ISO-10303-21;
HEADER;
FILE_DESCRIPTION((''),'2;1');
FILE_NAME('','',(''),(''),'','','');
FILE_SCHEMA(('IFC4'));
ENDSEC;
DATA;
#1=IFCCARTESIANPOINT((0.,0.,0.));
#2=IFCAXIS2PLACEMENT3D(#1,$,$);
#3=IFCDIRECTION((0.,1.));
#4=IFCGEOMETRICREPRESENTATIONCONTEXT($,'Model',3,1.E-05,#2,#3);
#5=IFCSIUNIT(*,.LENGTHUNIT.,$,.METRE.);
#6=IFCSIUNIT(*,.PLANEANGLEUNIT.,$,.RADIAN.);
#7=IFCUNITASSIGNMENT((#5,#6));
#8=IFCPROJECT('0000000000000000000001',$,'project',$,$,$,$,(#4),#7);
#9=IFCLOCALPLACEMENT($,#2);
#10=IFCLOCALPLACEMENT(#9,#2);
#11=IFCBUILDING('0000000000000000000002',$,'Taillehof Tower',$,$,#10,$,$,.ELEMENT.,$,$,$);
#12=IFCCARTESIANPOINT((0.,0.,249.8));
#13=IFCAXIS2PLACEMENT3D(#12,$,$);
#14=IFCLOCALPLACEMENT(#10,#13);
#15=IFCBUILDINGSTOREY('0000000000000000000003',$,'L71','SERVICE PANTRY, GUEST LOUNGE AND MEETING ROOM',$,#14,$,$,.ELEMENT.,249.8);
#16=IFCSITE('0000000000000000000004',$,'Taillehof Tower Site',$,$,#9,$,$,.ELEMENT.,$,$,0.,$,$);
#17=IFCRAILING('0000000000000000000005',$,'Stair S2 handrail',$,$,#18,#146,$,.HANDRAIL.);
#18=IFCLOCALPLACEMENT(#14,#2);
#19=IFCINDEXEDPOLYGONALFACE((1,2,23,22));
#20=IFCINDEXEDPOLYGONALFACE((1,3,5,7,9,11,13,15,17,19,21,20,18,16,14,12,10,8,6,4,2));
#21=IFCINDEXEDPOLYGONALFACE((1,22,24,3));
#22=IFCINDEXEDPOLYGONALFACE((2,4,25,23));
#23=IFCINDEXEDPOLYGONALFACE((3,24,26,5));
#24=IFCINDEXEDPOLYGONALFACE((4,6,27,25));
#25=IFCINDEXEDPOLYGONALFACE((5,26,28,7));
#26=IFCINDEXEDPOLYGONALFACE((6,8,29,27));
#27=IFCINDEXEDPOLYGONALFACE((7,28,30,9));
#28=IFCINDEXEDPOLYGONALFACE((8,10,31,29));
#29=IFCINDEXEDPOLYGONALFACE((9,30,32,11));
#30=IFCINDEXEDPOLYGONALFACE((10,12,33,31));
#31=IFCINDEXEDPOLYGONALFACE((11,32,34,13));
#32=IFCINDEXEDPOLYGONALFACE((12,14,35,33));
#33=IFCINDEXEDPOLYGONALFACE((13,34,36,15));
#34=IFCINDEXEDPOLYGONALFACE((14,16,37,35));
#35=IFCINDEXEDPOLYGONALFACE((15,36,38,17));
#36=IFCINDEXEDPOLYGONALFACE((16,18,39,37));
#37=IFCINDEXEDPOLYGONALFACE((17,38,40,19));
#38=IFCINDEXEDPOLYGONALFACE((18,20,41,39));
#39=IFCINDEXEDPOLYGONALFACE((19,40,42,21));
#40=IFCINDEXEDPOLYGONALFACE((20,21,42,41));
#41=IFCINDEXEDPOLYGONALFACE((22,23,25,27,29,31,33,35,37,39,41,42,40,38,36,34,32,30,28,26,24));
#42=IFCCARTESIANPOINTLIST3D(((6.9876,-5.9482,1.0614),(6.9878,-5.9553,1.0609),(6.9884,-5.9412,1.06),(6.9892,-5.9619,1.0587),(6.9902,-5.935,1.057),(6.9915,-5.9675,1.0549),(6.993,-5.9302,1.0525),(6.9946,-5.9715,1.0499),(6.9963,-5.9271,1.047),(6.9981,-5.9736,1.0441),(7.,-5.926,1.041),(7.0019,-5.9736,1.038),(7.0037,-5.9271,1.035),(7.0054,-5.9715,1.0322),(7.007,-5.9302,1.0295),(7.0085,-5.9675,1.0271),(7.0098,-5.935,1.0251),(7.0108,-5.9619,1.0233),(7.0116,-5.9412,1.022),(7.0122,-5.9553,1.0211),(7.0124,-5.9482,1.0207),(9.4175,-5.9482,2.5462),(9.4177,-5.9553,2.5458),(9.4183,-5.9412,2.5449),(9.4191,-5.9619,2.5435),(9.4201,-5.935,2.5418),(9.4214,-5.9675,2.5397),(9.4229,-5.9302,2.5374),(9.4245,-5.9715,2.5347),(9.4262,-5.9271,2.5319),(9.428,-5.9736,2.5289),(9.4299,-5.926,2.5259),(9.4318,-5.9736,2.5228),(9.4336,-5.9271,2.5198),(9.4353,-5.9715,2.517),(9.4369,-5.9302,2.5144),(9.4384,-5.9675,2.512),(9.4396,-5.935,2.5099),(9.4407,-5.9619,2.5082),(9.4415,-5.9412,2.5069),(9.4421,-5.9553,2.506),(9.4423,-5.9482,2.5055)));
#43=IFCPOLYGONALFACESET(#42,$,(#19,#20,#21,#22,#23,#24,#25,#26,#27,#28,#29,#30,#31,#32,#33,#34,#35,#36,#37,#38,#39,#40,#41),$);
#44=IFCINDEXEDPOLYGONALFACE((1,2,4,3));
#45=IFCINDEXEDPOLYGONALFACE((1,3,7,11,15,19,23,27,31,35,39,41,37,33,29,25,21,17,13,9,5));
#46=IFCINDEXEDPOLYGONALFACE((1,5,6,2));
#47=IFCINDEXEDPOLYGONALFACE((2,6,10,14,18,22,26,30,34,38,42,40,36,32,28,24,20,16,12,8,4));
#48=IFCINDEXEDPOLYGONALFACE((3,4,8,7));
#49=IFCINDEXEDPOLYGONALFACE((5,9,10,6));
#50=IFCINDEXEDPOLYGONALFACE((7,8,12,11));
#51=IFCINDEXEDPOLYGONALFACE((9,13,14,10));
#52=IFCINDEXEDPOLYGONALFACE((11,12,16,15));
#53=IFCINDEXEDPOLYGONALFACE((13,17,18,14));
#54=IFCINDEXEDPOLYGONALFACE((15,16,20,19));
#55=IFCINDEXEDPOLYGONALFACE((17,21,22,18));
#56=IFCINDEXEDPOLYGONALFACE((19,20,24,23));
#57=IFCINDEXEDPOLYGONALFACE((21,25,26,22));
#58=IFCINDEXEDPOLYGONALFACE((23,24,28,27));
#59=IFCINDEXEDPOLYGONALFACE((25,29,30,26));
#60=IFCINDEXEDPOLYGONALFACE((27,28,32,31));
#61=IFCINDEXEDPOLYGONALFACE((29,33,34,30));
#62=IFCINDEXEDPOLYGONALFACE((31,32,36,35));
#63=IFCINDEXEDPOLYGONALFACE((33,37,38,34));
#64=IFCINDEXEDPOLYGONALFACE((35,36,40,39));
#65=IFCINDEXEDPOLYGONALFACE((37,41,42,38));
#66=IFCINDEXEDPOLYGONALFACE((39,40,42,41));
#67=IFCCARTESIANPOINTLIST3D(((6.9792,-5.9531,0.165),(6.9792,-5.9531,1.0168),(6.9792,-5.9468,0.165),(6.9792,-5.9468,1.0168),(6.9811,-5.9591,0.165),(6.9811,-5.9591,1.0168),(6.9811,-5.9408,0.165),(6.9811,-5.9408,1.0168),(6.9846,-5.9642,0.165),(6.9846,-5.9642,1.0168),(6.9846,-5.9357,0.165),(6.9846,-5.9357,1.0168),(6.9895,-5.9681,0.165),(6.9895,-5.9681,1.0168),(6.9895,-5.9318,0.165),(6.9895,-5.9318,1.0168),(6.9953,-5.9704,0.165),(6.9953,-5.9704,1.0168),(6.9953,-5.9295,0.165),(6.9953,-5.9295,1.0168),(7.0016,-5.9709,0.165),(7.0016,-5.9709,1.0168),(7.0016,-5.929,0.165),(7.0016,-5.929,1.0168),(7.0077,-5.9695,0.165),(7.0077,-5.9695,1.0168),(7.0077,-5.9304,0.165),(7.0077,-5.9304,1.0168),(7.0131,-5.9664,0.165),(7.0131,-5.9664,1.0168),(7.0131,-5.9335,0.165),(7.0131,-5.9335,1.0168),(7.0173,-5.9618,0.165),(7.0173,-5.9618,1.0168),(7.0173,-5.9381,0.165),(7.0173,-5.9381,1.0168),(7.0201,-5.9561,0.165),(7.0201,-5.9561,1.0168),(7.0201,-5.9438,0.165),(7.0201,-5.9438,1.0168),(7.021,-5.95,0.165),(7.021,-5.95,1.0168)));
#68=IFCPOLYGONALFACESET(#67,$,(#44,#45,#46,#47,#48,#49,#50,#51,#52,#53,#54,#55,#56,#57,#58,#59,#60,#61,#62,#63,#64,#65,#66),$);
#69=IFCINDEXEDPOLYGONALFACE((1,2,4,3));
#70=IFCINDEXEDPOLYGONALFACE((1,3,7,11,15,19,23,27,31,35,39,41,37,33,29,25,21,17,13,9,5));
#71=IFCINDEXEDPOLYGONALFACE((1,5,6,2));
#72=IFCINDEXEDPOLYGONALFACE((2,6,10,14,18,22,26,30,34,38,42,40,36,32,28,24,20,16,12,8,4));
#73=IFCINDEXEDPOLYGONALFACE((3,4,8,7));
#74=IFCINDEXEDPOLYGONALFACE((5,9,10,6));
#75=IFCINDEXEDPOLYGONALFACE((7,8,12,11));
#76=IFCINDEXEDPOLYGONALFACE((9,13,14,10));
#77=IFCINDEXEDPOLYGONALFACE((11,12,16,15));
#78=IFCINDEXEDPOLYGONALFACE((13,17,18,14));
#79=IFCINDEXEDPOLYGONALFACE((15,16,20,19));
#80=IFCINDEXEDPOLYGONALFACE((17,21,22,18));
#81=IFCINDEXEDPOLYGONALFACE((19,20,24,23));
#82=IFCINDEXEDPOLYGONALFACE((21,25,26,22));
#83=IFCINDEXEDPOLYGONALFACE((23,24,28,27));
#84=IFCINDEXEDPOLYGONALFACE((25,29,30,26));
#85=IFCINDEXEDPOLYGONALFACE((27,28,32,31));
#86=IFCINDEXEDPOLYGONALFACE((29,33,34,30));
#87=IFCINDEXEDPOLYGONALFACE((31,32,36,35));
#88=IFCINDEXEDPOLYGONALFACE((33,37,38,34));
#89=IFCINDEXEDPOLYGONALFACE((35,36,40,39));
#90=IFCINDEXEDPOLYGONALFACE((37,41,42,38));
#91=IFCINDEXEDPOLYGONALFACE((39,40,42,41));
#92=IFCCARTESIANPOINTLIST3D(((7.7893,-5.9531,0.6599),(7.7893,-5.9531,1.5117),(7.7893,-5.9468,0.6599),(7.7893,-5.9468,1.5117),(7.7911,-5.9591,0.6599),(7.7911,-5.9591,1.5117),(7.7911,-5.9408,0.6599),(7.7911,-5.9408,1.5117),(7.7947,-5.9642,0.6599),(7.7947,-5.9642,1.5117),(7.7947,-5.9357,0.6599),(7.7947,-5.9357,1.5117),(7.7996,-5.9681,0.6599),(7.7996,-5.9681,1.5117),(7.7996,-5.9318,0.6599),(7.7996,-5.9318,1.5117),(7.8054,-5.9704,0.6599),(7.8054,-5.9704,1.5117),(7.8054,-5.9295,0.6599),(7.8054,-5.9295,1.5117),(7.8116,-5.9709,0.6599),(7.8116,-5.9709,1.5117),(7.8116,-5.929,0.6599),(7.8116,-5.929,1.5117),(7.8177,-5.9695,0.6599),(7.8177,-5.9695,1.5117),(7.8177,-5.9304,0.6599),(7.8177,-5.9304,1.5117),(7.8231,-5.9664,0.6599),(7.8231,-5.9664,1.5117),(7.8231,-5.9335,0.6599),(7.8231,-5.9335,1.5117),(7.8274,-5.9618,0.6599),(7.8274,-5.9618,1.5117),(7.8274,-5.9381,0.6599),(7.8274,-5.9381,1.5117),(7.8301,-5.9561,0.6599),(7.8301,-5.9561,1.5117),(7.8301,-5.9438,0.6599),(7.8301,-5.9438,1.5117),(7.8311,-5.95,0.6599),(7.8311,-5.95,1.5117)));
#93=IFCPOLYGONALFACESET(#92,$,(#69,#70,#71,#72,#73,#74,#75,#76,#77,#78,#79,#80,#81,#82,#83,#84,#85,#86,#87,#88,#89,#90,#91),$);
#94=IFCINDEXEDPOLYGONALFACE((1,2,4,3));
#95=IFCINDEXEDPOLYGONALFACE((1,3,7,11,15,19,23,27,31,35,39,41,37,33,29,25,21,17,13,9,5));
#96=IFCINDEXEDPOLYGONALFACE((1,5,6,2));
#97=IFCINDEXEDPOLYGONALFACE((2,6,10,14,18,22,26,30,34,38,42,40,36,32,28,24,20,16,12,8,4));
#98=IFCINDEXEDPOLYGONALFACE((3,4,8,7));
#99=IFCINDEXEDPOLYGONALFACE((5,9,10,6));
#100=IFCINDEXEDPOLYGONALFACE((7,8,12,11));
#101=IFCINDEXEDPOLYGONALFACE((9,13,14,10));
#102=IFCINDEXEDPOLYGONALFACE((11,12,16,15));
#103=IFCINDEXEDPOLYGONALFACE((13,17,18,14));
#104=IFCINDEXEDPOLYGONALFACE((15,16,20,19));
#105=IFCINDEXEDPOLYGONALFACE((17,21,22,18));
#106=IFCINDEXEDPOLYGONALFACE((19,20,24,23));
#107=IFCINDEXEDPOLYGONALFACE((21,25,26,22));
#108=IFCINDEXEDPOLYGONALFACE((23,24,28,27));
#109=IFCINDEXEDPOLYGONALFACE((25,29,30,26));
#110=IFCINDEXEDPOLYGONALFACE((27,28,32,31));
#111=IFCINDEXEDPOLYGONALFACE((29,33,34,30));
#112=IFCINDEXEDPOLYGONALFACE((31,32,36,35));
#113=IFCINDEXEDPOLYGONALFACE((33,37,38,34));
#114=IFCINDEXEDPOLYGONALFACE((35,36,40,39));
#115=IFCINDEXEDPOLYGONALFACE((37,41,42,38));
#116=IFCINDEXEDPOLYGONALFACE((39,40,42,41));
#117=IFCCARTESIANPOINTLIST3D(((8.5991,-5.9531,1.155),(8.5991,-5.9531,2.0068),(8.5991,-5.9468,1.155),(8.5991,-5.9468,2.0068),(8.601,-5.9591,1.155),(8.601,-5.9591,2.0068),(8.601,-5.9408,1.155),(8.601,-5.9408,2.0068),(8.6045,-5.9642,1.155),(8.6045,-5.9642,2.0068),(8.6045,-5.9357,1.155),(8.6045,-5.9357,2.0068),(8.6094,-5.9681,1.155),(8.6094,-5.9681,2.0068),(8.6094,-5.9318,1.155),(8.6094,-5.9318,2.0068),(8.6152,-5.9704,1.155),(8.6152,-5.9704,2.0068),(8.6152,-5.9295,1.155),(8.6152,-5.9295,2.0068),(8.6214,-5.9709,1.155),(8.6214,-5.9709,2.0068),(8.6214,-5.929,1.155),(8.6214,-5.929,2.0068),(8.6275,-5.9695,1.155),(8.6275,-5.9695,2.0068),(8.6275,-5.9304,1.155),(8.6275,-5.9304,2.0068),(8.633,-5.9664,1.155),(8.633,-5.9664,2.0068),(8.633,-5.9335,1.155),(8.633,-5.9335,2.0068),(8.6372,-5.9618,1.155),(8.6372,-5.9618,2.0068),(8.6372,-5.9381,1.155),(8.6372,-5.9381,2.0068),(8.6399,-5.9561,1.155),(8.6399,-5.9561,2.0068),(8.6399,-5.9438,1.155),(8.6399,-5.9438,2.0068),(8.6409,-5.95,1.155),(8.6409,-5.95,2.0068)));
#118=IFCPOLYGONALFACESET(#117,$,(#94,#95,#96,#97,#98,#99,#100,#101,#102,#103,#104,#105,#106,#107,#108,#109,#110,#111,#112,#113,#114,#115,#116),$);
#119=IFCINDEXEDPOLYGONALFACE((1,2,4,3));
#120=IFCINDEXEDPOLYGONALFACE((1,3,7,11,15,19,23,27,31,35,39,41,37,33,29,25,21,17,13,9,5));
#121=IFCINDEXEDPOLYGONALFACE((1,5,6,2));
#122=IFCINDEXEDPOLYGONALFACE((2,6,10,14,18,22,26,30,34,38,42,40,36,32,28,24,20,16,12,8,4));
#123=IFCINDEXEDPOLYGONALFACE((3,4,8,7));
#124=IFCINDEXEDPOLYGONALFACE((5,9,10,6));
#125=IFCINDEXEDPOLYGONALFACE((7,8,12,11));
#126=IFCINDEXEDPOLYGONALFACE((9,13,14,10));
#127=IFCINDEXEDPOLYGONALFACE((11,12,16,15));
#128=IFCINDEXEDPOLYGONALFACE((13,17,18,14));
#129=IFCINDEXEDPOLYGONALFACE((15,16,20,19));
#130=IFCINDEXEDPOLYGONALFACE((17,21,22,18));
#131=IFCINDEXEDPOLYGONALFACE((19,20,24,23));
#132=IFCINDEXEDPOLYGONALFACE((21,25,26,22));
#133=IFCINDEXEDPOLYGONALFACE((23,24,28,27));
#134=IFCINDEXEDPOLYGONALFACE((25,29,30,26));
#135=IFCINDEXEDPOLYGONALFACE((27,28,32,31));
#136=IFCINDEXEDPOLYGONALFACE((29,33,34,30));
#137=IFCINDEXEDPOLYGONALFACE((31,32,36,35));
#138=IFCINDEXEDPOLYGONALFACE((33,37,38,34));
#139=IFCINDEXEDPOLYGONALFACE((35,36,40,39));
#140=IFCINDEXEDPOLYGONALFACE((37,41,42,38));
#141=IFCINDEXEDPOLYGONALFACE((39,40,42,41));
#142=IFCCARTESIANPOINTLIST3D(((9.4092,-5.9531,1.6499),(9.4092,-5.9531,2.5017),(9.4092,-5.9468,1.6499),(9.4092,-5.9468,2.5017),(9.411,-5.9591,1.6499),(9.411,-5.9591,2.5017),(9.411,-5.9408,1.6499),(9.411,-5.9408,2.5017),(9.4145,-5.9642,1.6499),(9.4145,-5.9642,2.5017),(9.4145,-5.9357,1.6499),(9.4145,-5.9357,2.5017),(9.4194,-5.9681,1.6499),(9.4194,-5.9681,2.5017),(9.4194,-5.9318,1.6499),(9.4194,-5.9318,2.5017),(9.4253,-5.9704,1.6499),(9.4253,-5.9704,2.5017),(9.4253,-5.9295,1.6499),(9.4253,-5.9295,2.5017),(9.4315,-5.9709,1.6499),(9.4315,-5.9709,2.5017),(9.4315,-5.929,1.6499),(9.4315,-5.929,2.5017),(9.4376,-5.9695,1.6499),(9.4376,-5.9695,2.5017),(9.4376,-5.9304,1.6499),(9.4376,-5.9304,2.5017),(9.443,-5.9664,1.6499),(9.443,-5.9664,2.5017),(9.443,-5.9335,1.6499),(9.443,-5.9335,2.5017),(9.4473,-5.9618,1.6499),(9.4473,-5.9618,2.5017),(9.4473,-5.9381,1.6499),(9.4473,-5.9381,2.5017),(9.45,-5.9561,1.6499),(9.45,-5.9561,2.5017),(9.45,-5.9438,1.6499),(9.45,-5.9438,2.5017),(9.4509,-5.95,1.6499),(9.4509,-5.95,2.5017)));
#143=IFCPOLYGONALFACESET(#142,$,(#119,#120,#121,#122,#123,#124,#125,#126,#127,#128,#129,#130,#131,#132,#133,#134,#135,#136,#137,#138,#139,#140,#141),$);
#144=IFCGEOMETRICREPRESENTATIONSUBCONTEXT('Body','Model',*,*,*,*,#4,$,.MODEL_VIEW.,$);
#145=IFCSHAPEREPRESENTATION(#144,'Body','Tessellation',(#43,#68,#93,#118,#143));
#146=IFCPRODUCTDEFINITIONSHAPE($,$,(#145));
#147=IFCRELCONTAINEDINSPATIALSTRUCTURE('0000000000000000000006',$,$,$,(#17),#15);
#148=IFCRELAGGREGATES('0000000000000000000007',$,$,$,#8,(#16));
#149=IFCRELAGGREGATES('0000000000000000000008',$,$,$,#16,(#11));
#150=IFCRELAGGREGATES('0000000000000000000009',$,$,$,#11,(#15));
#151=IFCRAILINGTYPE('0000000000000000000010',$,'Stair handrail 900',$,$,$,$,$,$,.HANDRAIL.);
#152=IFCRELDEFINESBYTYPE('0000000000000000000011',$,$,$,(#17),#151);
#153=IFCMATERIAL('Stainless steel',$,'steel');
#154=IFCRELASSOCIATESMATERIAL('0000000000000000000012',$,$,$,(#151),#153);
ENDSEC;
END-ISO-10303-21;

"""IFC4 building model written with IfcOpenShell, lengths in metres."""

from ifc_helpers import new_model, si_unit, direction, frame, origin, origin_2d, place, context, subcontext, project, spatial, circle, extrude, material, type_object, element, save


model = new_model("IFC4")

# Units and contexts
model_context = context("Model", 3, precision=1e-05, world=origin(), true_north=direction((0.0, 1.0)))
body_context = subcontext(model_context, "Body", "Model", "MODEL_VIEW")
ifc_project = project(units=[si_unit("LENGTHUNIT", "METRE"), si_unit("PLANEANGLEUNIT", "RADIAN")], contexts=[model_context])

# Site, building, storey
site_placement = place(None, origin())
site = spatial("IfcSite", under=ifc_project, at=site_placement, Name="Taillehof Tower Site", CompositionType="ELEMENT", RefElevation=0.0)
building_placement = place(site_placement, origin())
building = spatial("IfcBuilding", under=site, at=building_placement, Name="Taillehof Tower", CompositionType="ELEMENT")
storey_placement = place(building_placement, frame((0.0, 0.0, 249.8)))
storey = spatial("IfcBuildingStorey", under=building, at=storey_placement, Name="L71", Description="SERVICE PANTRY, GUEST LOUNGE AND MEETING ROOM", CompositionType="ELEMENT", Elevation=249.8)

# Railing
ifc_material_1 = material(Name="Stainless steel", Category="steel")
railing_type = type_object("IfcRailingType", Name="Stair handrail 900", PredefinedType="HANDRAIL", material=ifc_material_1)
railing_placement = place(storey_placement, frame((7.0, -5.95, 0.165)))
element("IfcRailing", 1, at=railing_placement, inside=storey, type_object=railing_type, Name="Stair S2 handrail", PredefinedType="HANDRAIL", context=body_context, shape_type="SweptSolid", body=[
    extrude(circle(Radius=0.0239, at=origin_2d()), frame((0.0, 0.0, 0.876), z_axis=(0.853297, 0.0, 0.521426), x_axis=(0.0, 1.0, 0.0)), (0.0, 0.0, 1.0), 2.8477),
    extrude(circle(Radius=0.021, at=origin_2d()), origin(), (0.0, 0.0, 1.0), 0.8518),
    extrude(circle(Radius=0.021, at=origin_2d()), frame((0.8101, 0.0, 0.4949)), (0.0, 0.0, 1.0), 0.8518),
    extrude(circle(Radius=0.021, at=origin_2d()), frame((1.6199, 0.0, 0.99)), (0.0, 0.0, 1.0), 0.8518),
    extrude(circle(Radius=0.021, at=origin_2d()), frame((2.4299, 0.0, 1.4849)), (0.0, 0.0, 1.0), 0.8518),
])

save(model, "model.ifc")
